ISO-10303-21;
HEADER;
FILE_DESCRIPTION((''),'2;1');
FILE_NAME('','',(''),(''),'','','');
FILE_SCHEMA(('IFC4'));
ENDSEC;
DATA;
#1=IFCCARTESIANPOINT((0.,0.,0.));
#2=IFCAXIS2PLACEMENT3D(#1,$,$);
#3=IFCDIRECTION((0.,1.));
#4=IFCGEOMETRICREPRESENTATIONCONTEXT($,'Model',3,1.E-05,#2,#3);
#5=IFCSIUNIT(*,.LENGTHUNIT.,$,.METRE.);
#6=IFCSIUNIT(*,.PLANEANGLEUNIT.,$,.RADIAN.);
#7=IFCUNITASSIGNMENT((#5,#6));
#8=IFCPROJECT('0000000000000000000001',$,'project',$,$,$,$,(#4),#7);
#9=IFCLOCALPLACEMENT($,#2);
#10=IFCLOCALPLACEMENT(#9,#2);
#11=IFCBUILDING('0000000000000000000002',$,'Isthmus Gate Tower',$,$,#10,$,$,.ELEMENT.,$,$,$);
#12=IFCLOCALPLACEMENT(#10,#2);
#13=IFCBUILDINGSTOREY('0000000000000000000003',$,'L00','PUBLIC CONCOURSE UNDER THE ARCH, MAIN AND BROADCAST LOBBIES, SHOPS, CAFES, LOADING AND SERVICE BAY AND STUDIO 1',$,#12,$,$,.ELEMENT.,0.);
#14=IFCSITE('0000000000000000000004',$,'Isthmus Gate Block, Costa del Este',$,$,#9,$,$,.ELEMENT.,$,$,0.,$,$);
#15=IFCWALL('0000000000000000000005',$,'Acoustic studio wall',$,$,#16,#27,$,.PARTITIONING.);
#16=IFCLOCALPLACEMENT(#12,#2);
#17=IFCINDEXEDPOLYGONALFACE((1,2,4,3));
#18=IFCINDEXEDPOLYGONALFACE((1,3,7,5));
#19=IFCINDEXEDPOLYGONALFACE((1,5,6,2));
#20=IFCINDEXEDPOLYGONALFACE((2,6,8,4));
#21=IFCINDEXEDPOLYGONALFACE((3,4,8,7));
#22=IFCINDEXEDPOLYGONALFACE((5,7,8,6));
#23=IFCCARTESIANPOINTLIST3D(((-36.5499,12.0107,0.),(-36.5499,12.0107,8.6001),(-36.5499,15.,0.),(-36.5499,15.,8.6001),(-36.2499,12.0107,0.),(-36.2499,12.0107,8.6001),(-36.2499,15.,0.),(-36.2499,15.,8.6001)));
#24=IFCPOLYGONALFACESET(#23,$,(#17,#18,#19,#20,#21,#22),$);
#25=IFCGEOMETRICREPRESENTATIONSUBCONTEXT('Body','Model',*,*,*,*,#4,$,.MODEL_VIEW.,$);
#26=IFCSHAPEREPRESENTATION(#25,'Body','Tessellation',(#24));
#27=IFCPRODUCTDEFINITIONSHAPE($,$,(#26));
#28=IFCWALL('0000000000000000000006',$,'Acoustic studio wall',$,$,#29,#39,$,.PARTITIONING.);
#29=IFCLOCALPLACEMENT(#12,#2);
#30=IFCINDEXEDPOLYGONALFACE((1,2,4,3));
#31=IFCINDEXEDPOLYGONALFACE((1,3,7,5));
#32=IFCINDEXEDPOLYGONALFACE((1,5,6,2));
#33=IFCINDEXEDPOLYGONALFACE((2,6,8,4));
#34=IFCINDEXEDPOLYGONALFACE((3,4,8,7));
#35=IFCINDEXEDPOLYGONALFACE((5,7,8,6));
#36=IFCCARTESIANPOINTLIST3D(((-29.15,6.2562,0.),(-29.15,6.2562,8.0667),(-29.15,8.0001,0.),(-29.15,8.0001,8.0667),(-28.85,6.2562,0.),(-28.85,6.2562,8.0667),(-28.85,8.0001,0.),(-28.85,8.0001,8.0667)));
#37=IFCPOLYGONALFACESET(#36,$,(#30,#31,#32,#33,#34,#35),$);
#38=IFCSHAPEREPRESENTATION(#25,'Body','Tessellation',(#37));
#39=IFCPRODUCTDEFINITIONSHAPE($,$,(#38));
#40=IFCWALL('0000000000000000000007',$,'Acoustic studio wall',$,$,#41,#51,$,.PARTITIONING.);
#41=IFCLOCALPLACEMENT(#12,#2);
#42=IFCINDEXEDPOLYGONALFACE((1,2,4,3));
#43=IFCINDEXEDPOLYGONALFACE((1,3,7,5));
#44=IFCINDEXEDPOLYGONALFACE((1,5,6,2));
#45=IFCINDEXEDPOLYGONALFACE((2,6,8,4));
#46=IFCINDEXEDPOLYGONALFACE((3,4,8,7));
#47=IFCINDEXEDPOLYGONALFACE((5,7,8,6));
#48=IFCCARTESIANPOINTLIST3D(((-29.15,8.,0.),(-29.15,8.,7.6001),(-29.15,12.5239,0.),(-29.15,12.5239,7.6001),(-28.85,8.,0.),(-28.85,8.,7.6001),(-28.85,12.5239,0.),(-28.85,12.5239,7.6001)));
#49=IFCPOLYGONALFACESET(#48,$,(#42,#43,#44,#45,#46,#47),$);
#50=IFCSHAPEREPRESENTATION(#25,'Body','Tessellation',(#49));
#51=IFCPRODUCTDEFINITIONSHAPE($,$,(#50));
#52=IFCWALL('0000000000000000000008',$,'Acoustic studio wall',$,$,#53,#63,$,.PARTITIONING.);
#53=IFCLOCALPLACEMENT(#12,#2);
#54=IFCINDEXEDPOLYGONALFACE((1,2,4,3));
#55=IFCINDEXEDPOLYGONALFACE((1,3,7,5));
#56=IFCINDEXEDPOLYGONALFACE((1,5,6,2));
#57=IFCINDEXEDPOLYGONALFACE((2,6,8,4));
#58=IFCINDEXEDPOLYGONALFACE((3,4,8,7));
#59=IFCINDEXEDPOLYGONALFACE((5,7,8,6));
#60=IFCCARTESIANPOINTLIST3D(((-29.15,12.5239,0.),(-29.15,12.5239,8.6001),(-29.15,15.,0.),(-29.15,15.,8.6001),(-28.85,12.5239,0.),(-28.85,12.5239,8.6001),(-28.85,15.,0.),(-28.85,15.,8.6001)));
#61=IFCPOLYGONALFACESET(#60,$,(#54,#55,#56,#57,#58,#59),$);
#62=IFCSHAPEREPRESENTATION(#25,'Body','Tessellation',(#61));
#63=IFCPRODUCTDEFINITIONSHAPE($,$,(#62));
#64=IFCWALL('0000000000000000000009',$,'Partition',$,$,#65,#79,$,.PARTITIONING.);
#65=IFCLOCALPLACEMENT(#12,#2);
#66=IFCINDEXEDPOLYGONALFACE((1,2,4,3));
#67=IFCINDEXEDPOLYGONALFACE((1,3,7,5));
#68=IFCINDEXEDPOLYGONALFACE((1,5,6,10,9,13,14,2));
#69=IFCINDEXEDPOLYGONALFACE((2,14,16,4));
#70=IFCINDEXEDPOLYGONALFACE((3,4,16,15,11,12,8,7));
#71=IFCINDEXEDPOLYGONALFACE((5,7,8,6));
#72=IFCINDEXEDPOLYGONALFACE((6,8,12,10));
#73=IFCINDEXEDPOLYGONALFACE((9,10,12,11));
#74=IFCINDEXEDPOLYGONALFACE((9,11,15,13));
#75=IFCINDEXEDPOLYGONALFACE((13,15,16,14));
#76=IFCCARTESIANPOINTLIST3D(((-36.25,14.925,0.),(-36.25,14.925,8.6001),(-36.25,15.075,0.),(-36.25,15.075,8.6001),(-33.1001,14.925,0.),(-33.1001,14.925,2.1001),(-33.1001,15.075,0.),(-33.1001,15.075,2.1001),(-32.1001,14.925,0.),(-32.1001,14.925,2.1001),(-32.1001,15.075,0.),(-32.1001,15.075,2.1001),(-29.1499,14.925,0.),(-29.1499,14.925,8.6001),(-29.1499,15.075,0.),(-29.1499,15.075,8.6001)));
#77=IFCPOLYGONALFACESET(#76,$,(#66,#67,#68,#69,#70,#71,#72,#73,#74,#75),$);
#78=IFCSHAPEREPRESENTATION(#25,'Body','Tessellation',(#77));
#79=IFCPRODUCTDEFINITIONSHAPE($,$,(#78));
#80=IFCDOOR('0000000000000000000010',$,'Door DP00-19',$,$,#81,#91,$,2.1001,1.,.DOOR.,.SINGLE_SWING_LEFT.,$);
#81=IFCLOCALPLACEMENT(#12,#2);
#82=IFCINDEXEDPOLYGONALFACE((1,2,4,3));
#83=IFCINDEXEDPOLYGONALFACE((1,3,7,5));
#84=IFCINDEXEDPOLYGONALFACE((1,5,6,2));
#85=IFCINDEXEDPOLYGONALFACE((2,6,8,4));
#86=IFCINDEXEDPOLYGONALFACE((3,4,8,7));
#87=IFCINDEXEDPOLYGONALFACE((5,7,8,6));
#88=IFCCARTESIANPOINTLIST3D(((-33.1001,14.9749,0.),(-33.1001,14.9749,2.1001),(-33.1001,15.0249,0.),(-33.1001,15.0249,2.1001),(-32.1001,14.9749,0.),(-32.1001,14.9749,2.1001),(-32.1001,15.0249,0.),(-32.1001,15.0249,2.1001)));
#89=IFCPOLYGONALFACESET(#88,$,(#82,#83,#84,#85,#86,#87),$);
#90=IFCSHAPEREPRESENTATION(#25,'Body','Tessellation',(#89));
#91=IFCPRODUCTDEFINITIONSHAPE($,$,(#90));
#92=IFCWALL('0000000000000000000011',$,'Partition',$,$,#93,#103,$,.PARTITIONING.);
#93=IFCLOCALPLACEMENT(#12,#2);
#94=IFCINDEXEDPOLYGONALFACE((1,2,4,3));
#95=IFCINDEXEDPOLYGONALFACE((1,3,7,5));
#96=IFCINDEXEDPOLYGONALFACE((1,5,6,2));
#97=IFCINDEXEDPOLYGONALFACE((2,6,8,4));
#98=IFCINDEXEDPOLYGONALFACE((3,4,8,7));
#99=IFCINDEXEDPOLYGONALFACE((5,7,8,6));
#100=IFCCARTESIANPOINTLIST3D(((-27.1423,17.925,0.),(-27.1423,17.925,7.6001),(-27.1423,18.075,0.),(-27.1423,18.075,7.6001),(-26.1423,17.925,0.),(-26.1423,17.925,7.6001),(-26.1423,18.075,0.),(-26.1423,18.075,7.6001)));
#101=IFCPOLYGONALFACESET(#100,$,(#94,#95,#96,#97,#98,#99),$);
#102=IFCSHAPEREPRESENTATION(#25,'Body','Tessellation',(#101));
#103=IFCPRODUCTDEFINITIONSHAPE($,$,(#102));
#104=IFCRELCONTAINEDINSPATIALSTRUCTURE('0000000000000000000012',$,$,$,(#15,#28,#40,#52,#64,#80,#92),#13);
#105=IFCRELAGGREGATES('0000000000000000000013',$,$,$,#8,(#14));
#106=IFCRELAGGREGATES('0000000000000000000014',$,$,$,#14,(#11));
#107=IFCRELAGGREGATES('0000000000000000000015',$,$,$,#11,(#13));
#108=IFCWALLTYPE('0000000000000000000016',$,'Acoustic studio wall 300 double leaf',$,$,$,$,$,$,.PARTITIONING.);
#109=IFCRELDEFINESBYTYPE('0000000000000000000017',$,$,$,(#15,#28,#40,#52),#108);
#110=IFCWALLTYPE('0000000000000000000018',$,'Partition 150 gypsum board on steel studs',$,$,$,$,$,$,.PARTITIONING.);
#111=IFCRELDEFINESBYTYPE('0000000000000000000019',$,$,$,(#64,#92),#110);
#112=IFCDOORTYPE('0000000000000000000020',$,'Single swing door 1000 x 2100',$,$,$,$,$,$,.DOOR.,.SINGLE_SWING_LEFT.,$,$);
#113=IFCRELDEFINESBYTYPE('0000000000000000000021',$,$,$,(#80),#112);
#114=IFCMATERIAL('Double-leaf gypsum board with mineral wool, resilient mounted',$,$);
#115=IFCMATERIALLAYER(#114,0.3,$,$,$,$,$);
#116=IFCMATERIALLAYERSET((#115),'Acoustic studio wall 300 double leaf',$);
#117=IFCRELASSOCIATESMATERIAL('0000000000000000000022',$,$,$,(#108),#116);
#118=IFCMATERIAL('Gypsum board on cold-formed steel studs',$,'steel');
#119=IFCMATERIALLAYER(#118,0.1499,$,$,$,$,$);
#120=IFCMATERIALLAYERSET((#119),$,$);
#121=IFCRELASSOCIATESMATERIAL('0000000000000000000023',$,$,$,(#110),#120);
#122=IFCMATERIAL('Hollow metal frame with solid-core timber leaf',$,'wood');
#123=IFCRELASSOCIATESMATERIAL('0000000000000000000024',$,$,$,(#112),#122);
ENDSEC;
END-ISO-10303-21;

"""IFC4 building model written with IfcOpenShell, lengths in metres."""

from ifc_helpers import new_model, si_unit, direction, frame, frame_2d, origin, place, context, subcontext, project, spatial, rectangle, extrude, material, layer, layer_set, type_object, element, fill, save


model = new_model("IFC4")

# Units and contexts
model_context = context("Model", 3, precision=1e-05, world=origin(), true_north=direction((0.0, 1.0)))
body_context = subcontext(model_context, "Body", "Model", "MODEL_VIEW")
ifc_project = project(units=[si_unit("LENGTHUNIT", "METRE"), si_unit("PLANEANGLEUNIT", "RADIAN")], contexts=[model_context])

# Site, building, storey
site_placement = place(None, origin())
site = spatial("IfcSite", under=ifc_project, at=site_placement, Name="Isthmus Gate Block, Costa del Este", CompositionType="ELEMENT", RefElevation=0.0)
building_placement = place(site_placement, origin())
building = spatial("IfcBuilding", under=site, at=building_placement, Name="Isthmus Gate Tower", CompositionType="ELEMENT")
storey_placement = place(building_placement, origin())
storey = spatial("IfcBuildingStorey", under=building, at=storey_placement, Name="L00", Description="PUBLIC CONCOURSE UNDER THE ARCH, MAIN AND BROADCAST LOBBIES, SHOPS, CAFES, LOADING AND SERVICE BAY AND STUDIO 1", CompositionType="ELEMENT", Elevation=0.0)

# Walls
ifc_material_1 = material(Name="Double-leaf gypsum board with mineral wool, resilient mounted")
ifc_layer_1 = layer(ifc_material_1, 0.3)
ifc_layer_set_1 = layer_set([ifc_layer_1], Name="Acoustic studio wall 300 double leaf")
wall_type_1 = type_object("IfcWallType", Name="Acoustic studio wall 300 double leaf", PredefinedType="PARTITIONING", material=ifc_layer_set_1)
wall_1_placement = place(storey_placement, frame((-36.3999, 12.0107, 0.0), z_axis=(0.0, 0.0, 1.0), x_axis=(0.0, 1.0, 0.0)))
element("IfcWall", 1, at=wall_1_placement, inside=storey, type_object=wall_type_1, Name="Acoustic studio wall", PredefinedType="PARTITIONING", context=body_context, shape_type="SweptSolid", body=[
    extrude(rectangle(XDim=2.9893, YDim=0.3, at=frame_2d((1.4946, 0.0))), origin(), (0.0, 0.0, 1.0), 8.6001),
])
wall_2_placement = place(storey_placement, frame((-29.0, 6.2561, 0.0), z_axis=(0.0, 0.0, 1.0), x_axis=(0.0, 1.0, 0.0)))
element("IfcWall", 2, at=wall_2_placement, inside=storey, type_object=wall_type_1, Name="Acoustic studio wall", PredefinedType="PARTITIONING", context=body_context, shape_type="SweptSolid", body=[
    extrude(rectangle(XDim=1.7439, YDim=0.3, at=frame_2d((0.8721, 0.0))), origin(), (0.0, 0.0, 1.0), 8.0667),
])
wall_3_placement = place(storey_placement, frame((-29.0, 8.0, 0.0), z_axis=(0.0, 0.0, 1.0), x_axis=(0.0, 1.0, 0.0)))
element("IfcWall", 3, at=wall_3_placement, inside=storey, type_object=wall_type_1, Name="Acoustic studio wall", PredefinedType="PARTITIONING", context=body_context, shape_type="SweptSolid", body=[
    extrude(rectangle(XDim=4.5239, YDim=0.3, at=frame_2d((2.262, 0.0))), origin(), (0.0, 0.0, 1.0), 7.6001),
])
wall_4_placement = place(storey_placement, frame((-29.0, 12.5239, 0.0), z_axis=(0.0, 0.0, 1.0), x_axis=(0.0, 1.0, 0.0)))
element("IfcWall", 4, at=wall_4_placement, inside=storey, type_object=wall_type_1, Name="Acoustic studio wall", PredefinedType="PARTITIONING", context=body_context, shape_type="SweptSolid", body=[
    extrude(rectangle(XDim=2.4761, YDim=0.3, at=frame_2d((1.238, 0.0))), origin(), (0.0, 0.0, 1.0), 8.6001),
])

# Wall, opening, door
ifc_material_2 = material(Name="Gypsum board on cold-formed steel studs", Category="steel")
ifc_layer_2 = layer(ifc_material_2, 0.1499)
ifc_layer_set_2 = layer_set([ifc_layer_2])
wall_type_2 = type_object("IfcWallType", Name="Partition 150 gypsum board on steel studs", PredefinedType="PARTITIONING", material=ifc_layer_set_2)
wall_5_placement = place(storey_placement, frame((-36.25, 15.0, 0.0), z_axis=(0.0, 0.0, 1.0), x_axis=(1.0, 0.0, 0.0)))
wall_5 = element("IfcWall", 5, at=wall_5_placement, inside=storey, type_object=wall_type_2, Name="Partition", PredefinedType="PARTITIONING", context=body_context, shape_type="SweptSolid", body=[
    extrude(rectangle(XDim=7.1001, YDim=0.1499, at=frame_2d((3.55, 0.0))), origin(), (0.0, 0.0, 1.0), 8.6001),
])
opening_placement = place(wall_5_placement, frame((3.1499, 0.0, 0.0)))
opening = element("IfcOpeningElement", 6, at=opening_placement, cuts=wall_5, PredefinedType="OPENING", context=body_context, shape_type="SweptSolid", body=[
    extrude(rectangle(XDim=1.0, YDim=2.1001, at=frame_2d((0.5, 1.05))), frame((0.0, 0.085, 0.0), z_axis=(0.0, -1.0, 0.0), x_axis=(1.0, 0.0, 0.0)), (0.0, 0.0, 1.0), 0.1699),
])
ifc_material_3 = material(Name="Hollow metal frame with solid-core timber leaf", Category="wood")
door_type = type_object("IfcDoorType", Name="Single swing door 1000 x 2100", OperationType="SINGLE_SWING_LEFT", PredefinedType="DOOR", material=ifc_material_3)
door_placement = place(opening_placement, origin())
door = element("IfcDoor", 7, at=door_placement, inside=storey, type_object=door_type, Name="Door DP00-19", OperationType="SINGLE_SWING_LEFT", OverallHeight=2.1001, OverallWidth=1.0, PredefinedType="DOOR", context=body_context, shape_type="SweptSolid", body=[
    extrude(rectangle(XDim=1.0, YDim=2.1001, at=frame_2d((0.5, 1.05))), frame((0.0, 0.0249, 0.0), z_axis=(0.0, -1.0, 0.0), x_axis=(1.0, 0.0, 0.0)), (0.0, 0.0, 1.0), 0.05),
])
fill(opening, door)

# Wall
wall_6_placement = place(storey_placement, frame((-27.1423, 18.0, 0.0), z_axis=(0.0, 0.0, 1.0), x_axis=(1.0, 0.0, 0.0)))
element("IfcWall", 8, at=wall_6_placement, inside=storey, type_object=wall_type_2, Name="Partition", PredefinedType="PARTITIONING", context=body_context, shape_type="SweptSolid", body=[
    extrude(rectangle(XDim=1.0, YDim=0.1499, at=frame_2d((0.5, 0.0))), origin(), (0.0, 0.0, 1.0), 7.6001),
])

save(model, "model.ifc")
